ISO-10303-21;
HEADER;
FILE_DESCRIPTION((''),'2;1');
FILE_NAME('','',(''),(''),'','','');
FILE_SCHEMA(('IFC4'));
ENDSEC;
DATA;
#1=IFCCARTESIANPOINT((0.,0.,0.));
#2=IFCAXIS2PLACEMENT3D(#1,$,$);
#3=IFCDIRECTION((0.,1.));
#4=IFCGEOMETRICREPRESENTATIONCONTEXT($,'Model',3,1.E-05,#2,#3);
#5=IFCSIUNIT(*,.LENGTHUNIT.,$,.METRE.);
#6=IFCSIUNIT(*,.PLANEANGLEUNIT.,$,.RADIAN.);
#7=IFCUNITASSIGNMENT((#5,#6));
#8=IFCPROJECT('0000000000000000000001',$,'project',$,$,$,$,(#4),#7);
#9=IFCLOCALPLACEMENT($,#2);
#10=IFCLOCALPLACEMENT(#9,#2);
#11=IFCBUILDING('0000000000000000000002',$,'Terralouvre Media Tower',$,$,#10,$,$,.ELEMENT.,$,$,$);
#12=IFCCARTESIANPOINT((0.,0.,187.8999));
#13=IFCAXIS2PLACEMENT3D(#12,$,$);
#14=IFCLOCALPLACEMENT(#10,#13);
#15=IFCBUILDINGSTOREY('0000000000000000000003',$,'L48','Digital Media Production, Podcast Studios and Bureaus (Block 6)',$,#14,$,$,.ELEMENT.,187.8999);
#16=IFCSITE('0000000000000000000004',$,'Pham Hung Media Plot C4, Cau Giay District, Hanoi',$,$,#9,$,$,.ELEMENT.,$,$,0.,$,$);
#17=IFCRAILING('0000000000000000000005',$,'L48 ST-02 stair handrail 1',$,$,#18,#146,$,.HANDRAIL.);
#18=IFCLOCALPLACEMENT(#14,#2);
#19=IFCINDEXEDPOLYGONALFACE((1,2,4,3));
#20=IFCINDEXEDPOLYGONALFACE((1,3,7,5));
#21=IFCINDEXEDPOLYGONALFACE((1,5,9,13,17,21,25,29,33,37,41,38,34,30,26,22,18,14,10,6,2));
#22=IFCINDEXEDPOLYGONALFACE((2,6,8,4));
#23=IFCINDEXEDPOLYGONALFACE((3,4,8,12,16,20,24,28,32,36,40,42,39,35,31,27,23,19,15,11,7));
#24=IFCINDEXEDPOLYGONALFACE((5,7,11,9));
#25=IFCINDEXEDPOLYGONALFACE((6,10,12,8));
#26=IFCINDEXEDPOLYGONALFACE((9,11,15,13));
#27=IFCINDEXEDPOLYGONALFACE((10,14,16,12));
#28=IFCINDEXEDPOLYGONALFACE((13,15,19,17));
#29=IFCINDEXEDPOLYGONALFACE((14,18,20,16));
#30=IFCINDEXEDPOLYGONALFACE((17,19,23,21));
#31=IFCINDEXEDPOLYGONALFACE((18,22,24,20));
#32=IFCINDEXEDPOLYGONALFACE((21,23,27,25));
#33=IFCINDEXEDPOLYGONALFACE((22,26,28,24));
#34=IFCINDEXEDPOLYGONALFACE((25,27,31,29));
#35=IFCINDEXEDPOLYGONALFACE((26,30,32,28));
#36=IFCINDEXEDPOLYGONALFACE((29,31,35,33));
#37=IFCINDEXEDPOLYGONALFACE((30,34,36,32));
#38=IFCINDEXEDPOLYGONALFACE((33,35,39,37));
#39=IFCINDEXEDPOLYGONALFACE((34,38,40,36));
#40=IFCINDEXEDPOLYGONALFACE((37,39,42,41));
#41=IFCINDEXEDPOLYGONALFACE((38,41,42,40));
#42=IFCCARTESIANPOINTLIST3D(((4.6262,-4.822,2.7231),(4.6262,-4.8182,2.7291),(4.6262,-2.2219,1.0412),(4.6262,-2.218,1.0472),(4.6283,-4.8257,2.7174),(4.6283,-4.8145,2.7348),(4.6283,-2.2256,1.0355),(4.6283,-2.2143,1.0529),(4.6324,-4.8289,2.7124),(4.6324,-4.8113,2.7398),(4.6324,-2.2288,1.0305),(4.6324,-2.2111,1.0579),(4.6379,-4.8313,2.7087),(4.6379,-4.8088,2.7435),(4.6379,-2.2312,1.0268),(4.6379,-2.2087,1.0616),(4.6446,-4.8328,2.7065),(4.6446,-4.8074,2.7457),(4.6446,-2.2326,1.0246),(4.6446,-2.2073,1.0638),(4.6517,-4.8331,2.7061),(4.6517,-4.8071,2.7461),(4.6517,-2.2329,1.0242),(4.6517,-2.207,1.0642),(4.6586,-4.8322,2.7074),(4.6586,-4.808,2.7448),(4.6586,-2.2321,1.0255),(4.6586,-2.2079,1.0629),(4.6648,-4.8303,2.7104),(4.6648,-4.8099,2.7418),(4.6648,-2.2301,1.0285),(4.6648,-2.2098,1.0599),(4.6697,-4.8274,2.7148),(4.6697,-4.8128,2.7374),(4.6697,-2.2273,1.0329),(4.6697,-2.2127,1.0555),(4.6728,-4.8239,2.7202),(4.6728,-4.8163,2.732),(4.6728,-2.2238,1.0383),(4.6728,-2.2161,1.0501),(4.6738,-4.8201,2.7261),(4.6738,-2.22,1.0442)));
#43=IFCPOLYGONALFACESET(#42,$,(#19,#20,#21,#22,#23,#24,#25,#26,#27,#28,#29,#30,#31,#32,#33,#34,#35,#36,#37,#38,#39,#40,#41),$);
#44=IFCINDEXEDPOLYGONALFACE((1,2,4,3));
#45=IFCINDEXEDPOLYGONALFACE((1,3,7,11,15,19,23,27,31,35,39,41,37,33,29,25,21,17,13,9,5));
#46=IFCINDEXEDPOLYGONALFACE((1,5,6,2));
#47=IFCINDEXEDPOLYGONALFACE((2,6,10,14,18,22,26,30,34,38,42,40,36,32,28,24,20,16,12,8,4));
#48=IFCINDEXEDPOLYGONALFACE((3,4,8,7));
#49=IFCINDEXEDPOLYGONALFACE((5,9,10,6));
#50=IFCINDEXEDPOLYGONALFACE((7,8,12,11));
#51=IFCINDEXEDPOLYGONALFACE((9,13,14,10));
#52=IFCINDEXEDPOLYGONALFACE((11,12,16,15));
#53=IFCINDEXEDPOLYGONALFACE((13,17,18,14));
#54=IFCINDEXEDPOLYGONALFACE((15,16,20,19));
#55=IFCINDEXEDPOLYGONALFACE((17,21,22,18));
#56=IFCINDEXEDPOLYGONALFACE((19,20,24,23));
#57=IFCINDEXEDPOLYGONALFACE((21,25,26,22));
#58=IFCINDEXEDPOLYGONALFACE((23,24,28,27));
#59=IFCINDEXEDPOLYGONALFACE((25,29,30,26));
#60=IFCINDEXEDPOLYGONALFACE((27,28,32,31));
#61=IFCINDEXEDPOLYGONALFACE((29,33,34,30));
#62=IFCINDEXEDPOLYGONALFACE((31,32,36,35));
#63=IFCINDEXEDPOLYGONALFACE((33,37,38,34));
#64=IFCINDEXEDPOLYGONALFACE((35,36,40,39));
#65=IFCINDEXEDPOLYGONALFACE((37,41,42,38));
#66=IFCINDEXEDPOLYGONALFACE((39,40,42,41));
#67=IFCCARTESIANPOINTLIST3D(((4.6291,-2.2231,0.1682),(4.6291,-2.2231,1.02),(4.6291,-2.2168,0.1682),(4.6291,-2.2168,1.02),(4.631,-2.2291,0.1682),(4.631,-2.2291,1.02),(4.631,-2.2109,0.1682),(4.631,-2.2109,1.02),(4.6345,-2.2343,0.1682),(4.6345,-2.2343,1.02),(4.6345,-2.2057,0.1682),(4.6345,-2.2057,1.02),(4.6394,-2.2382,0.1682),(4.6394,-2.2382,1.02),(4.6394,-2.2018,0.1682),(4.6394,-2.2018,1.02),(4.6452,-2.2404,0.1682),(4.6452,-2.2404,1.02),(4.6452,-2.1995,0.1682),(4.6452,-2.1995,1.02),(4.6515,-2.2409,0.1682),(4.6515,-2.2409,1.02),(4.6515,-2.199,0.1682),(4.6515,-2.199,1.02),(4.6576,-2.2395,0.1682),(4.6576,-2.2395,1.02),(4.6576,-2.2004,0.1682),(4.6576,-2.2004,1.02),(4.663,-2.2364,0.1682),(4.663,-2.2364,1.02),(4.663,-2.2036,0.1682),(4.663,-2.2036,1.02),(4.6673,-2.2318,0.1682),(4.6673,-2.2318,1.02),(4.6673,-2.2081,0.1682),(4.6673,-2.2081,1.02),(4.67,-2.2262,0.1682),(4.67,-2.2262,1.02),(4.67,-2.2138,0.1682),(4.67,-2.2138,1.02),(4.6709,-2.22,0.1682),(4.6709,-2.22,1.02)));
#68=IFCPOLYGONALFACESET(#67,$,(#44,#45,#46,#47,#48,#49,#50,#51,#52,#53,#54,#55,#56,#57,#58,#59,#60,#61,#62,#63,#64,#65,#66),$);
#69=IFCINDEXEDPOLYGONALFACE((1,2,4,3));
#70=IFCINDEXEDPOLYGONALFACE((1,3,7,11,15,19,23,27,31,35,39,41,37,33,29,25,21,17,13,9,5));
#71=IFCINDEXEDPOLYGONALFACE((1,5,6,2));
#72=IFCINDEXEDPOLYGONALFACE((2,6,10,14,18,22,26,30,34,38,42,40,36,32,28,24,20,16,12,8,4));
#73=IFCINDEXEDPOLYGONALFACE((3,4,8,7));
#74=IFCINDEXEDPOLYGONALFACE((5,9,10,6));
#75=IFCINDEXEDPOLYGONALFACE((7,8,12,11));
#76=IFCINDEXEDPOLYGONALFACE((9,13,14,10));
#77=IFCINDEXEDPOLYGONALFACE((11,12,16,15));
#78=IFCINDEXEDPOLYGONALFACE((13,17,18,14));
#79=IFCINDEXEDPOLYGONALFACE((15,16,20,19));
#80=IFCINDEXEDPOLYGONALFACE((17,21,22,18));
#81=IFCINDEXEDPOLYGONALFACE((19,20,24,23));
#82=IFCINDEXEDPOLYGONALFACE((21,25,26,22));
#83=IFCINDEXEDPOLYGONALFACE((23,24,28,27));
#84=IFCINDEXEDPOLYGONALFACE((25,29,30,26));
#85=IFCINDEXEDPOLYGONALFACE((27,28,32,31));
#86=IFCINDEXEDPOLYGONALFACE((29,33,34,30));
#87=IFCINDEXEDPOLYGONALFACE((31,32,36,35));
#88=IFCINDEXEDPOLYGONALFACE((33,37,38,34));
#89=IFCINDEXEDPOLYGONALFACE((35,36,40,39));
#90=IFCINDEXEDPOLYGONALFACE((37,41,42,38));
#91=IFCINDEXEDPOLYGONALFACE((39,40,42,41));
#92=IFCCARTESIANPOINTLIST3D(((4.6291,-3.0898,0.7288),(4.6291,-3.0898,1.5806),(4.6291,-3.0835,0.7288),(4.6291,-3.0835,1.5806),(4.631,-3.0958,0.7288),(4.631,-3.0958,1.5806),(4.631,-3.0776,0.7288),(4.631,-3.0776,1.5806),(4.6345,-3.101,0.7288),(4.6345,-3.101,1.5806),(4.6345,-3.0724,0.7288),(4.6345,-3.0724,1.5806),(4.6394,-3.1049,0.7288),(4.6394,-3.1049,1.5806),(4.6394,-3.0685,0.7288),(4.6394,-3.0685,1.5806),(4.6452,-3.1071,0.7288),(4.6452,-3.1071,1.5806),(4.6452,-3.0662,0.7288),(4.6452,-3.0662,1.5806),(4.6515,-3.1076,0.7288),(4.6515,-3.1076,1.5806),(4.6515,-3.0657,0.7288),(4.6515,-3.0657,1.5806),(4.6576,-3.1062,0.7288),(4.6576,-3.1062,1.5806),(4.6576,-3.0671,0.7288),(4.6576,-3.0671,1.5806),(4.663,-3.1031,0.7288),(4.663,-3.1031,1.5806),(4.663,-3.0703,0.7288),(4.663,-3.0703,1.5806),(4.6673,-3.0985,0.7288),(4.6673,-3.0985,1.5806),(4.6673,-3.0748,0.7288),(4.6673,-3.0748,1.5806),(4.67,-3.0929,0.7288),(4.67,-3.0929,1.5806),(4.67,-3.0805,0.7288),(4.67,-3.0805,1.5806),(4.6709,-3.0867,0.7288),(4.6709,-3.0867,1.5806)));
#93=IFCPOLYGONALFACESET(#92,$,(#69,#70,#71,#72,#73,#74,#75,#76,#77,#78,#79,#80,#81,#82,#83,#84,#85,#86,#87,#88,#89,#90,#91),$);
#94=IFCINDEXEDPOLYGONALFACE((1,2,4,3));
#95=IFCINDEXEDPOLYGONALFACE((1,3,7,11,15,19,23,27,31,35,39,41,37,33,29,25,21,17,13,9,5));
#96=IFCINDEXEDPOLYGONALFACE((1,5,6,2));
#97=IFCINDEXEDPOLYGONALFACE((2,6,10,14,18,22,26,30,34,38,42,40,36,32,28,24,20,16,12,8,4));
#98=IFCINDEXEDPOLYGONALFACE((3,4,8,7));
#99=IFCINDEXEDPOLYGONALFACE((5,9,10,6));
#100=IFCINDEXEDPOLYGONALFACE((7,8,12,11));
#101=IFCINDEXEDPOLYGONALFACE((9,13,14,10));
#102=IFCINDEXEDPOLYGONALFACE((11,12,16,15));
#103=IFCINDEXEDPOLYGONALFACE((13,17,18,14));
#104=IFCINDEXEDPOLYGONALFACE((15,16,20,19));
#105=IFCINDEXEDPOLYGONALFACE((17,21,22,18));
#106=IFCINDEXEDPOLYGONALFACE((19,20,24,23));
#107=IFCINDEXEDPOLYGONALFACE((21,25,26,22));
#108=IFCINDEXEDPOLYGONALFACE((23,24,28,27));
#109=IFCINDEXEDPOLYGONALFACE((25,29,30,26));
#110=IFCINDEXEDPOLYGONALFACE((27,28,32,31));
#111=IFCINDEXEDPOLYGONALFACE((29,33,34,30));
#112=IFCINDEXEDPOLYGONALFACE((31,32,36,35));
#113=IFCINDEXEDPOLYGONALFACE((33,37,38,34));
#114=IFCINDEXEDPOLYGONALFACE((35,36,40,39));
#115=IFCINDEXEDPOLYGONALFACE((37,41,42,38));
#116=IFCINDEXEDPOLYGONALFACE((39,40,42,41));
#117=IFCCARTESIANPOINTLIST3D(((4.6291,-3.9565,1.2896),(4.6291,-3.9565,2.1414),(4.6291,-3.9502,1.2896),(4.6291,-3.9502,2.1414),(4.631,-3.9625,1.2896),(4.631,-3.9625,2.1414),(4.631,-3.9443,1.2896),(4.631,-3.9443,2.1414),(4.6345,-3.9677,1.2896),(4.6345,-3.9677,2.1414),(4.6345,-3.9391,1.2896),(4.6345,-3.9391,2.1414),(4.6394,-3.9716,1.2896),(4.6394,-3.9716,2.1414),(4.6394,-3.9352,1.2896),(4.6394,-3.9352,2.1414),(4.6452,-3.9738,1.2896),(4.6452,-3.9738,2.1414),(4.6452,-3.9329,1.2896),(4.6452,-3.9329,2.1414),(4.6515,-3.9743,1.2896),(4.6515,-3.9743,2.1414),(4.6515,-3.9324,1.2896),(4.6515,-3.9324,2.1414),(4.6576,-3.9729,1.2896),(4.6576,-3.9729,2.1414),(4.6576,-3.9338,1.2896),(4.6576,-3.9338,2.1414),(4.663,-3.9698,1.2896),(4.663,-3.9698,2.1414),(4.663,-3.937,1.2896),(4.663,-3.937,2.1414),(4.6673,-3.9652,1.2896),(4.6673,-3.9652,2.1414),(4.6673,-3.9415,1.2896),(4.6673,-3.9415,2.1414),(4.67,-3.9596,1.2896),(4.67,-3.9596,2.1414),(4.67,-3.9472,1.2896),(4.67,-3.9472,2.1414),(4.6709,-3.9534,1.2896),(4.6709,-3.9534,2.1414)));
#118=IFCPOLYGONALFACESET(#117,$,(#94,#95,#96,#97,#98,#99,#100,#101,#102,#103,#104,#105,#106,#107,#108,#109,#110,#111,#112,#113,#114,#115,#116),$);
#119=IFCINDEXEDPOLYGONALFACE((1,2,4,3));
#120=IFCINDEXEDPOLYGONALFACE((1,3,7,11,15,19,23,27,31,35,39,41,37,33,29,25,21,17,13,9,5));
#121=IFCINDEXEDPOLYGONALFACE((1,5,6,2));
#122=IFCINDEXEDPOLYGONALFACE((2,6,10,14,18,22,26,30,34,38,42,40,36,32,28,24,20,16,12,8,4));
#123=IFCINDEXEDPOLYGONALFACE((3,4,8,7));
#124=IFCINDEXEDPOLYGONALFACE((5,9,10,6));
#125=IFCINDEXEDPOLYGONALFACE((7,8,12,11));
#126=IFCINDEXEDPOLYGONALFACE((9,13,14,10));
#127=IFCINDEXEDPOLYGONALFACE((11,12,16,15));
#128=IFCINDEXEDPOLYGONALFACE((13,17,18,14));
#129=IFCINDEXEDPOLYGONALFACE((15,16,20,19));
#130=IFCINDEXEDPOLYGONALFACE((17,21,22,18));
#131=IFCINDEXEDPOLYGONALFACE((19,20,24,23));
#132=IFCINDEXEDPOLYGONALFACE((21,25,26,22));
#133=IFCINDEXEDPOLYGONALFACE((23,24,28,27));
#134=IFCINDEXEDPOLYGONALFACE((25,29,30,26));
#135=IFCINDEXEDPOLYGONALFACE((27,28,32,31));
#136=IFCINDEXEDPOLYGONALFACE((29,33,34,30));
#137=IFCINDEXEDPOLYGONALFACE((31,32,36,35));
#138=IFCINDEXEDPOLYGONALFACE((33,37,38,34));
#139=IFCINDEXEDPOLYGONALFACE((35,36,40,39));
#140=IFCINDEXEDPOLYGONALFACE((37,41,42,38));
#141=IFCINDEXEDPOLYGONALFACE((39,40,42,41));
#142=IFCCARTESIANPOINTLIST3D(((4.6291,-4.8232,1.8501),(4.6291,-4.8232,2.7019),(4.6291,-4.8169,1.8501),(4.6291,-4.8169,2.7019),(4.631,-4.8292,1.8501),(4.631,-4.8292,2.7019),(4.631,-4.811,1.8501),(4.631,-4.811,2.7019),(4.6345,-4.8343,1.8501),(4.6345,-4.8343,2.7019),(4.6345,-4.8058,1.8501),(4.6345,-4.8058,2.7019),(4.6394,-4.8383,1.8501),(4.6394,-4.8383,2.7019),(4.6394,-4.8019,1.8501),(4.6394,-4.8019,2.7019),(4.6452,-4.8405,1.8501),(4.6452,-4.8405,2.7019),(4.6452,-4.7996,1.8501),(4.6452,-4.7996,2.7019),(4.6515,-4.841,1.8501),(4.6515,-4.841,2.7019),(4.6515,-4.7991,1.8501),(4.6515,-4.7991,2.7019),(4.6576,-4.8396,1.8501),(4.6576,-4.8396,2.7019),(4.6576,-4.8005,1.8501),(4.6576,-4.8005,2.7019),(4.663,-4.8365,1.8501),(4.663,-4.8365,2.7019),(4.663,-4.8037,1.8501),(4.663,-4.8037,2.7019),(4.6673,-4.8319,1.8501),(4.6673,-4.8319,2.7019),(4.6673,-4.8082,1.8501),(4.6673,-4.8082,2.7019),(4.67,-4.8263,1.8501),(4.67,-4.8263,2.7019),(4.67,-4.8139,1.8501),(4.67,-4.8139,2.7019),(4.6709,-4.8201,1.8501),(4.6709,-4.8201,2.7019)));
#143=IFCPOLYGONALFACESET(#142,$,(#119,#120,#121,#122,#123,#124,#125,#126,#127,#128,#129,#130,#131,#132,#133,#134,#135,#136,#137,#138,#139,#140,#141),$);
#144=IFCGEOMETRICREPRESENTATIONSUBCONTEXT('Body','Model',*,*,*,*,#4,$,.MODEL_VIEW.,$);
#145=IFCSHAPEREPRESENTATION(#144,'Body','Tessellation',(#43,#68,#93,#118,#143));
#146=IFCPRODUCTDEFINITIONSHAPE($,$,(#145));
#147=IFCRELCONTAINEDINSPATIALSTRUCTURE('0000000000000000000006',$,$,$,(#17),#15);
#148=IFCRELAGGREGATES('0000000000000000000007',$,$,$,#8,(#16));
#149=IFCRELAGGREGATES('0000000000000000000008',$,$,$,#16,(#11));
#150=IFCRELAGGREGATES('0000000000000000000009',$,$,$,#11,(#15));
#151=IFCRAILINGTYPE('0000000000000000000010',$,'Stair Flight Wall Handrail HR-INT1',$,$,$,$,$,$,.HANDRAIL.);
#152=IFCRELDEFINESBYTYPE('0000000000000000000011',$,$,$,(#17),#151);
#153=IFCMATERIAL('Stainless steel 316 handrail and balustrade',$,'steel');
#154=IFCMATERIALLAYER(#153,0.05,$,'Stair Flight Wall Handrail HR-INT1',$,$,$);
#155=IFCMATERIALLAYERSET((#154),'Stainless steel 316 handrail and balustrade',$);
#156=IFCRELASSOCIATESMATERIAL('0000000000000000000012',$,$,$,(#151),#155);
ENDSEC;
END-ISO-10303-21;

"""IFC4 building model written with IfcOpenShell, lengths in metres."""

from ifc_helpers import new_model, si_unit, direction, frame, origin, origin_2d, place, context, subcontext, project, spatial, circle, extrude, material, layer, layer_set, type_object, element, save


model = new_model("IFC4")

# Units and contexts
model_context = context("Model", 3, precision=1e-05, world=origin(), true_north=direction((0.0, 1.0)))
body_context = subcontext(model_context, "Body", "Model", "MODEL_VIEW")
ifc_project = project(units=[si_unit("LENGTHUNIT", "METRE"), si_unit("PLANEANGLEUNIT", "RADIAN")], contexts=[model_context])

# Site, building, storey
site_placement = place(None, origin())
site = spatial("IfcSite", under=ifc_project, at=site_placement, Name="Pham Hung Media Plot C4, Cau Giay District, Hanoi", CompositionType="ELEMENT", RefElevation=0.0)
building_placement = place(site_placement, origin())
building = spatial("IfcBuilding", under=site, at=building_placement, Name="Terralouvre Media Tower", CompositionType="ELEMENT")
storey_placement = place(building_placement, frame((0.0, 0.0, 187.8999)))
storey = spatial("IfcBuildingStorey", under=building, at=storey_placement, Name="L48", Description="Digital Media Production, Podcast Studios and Bureaus (Block 6)", CompositionType="ELEMENT", Elevation=187.8999)

# Railing
ifc_material_1 = material(Name="Stainless steel 316 handrail and balustrade", Category="steel")
ifc_layer_1 = layer(ifc_material_1, 0.05, Name="Stair Flight Wall Handrail HR-INT1")
ifc_layer_set_1 = layer_set([ifc_layer_1], Name="Stainless steel 316 handrail and balustrade")
railing_type_1 = type_object("IfcRailingType", Name="Stair Flight Wall Handrail HR-INT1", PredefinedType="HANDRAIL", material=ifc_layer_set_1)
railing_1_placement = place(storey_placement, frame((4.6499, -2.22, 0.1682)))
element("IfcRailing", 1, at=railing_1_placement, inside=storey, type_object=railing_type_1, Name="L48 ST-02 stair handrail 1", PredefinedType="HANDRAIL", context=body_context, shape_type="SweptSolid", body=[
    extrude(circle(Radius=0.0239, at=origin_2d()), frame((0.0, 0.0, 0.876), z_axis=(0.0, -0.839648, 0.54313), x_axis=(1.0, 0.0, 0.0)), (0.0, 0.0, 1.0), 3.0967),
    extrude(circle(Radius=0.021, at=origin_2d()), origin(), (0.0, 0.0, 1.0), 0.8518),
    extrude(circle(Radius=0.021, at=origin_2d()), frame((0.0, -0.8667, 0.5605)), (0.0, 0.0, 1.0), 0.8518),
    extrude(circle(Radius=0.021, at=origin_2d()), frame((0.0, -1.7334, 1.1213)), (0.0, 0.0, 1.0), 0.8518),
    extrude(circle(Radius=0.021, at=origin_2d()), frame((0.0, -2.6001, 1.6819)), (0.0, 0.0, 1.0), 0.8518),
])

save(model, "model.ifc")
